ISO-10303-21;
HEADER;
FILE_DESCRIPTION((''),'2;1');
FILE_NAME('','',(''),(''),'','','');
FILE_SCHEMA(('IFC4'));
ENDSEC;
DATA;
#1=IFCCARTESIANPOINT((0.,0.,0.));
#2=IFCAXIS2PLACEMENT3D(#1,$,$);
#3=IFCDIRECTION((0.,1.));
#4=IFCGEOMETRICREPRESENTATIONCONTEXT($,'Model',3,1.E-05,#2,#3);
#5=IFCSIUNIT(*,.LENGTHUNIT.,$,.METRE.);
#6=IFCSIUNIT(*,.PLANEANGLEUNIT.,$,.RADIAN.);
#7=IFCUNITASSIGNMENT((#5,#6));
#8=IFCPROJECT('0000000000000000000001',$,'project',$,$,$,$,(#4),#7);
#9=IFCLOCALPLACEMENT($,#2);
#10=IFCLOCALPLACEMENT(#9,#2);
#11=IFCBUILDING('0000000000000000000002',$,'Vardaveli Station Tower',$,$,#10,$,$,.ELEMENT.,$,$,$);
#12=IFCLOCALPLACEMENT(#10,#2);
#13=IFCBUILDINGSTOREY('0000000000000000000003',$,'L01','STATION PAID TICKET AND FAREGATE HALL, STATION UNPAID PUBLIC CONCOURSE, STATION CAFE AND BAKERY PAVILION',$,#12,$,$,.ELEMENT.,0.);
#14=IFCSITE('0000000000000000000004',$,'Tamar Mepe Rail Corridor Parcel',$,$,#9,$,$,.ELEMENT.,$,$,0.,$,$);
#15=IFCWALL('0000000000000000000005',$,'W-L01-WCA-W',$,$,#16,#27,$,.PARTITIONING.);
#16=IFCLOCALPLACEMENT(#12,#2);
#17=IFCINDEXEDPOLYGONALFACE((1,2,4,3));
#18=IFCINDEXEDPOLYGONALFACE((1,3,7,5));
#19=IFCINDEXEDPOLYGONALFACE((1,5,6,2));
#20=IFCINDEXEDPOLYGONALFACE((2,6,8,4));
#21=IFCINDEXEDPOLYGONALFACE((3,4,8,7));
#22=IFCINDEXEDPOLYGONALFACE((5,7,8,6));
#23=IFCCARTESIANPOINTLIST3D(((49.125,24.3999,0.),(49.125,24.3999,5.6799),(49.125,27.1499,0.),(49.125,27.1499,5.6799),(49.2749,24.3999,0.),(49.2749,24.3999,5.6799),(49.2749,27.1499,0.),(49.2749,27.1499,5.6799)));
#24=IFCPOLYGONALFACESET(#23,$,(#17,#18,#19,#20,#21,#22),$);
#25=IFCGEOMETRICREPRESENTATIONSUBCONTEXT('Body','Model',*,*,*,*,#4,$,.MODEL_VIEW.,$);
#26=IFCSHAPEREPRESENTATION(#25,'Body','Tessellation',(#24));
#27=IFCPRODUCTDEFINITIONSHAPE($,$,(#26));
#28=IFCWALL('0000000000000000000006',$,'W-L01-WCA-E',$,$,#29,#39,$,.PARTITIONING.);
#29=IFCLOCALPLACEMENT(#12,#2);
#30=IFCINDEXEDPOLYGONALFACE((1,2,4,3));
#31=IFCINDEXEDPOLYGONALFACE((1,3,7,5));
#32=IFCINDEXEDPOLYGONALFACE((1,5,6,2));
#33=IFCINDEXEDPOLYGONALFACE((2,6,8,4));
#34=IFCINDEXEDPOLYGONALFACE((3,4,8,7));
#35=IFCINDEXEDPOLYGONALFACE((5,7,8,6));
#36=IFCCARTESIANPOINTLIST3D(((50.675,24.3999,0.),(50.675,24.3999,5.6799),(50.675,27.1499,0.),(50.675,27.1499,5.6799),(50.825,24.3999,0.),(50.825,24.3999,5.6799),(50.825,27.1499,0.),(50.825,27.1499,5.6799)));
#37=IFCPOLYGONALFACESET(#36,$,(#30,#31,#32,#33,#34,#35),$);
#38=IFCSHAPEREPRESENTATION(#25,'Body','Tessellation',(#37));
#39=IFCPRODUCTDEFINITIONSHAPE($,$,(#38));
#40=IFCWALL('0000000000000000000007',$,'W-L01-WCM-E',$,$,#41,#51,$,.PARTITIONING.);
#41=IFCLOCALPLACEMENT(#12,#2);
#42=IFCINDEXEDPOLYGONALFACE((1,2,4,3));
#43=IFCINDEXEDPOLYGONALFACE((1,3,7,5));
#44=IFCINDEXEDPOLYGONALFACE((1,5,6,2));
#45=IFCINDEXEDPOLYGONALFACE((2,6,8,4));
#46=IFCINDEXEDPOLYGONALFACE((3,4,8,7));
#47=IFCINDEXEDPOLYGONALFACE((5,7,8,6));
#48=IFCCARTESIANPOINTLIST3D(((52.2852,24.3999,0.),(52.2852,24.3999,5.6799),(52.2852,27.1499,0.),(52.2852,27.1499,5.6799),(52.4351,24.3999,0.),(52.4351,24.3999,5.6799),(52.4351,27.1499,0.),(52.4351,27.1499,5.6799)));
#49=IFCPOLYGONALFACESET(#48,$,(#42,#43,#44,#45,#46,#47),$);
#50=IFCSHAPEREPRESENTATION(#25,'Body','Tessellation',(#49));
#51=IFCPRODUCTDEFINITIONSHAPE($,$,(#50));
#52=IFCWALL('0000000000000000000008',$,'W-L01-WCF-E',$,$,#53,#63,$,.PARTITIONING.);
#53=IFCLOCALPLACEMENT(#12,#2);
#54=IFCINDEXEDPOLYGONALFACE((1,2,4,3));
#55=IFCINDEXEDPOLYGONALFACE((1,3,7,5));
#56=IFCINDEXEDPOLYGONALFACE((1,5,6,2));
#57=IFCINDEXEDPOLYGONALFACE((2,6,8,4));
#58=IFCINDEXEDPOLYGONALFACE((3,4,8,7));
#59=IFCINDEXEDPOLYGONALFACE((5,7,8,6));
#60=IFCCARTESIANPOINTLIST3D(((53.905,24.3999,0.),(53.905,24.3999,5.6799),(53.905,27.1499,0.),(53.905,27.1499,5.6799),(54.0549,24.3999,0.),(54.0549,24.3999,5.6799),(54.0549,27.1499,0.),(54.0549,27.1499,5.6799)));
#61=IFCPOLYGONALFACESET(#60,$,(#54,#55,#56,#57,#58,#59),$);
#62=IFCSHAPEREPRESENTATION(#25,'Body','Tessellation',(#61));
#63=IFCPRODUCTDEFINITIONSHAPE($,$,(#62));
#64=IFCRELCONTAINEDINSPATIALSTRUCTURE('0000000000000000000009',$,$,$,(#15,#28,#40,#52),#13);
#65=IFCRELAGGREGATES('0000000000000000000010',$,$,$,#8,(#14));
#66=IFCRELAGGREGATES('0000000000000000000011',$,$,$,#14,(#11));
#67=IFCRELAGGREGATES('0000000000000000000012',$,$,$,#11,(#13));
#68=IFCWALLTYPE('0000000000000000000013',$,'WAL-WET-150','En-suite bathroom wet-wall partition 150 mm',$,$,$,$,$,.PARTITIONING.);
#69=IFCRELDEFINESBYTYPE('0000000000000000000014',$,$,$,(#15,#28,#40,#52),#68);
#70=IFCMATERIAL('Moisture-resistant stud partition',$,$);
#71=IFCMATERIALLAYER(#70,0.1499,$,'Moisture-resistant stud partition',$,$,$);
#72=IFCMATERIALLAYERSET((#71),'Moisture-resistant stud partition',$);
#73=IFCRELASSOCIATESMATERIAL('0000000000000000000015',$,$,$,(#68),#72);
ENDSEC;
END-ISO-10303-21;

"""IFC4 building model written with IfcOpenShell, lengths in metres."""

from ifc_helpers import new_model, si_unit, direction, frame, frame_2d, origin, place, context, subcontext, project, spatial, rectangle, extrude, source, transform, mapped, material, layer, layer_set, type_object, element, save


model = new_model("IFC4")

# Units and contexts
model_context = context("Model", 3, precision=1e-05, world=origin(), true_north=direction((0.0, 1.0)))
body_context = subcontext(model_context, "Body", "Model", "MODEL_VIEW")
ifc_project = project(units=[si_unit("LENGTHUNIT", "METRE"), si_unit("PLANEANGLEUNIT", "RADIAN")], contexts=[model_context])

# Site, building, storey
site_placement = place(None, origin())
site = spatial("IfcSite", under=ifc_project, at=site_placement, Name="Tamar Mepe Rail Corridor Parcel", CompositionType="ELEMENT", RefElevation=0.0)
building_placement = place(site_placement, origin())
building = spatial("IfcBuilding", under=site, at=building_placement, Name="Vardaveli Station Tower", CompositionType="ELEMENT")
storey_placement = place(building_placement, origin())
storey = spatial("IfcBuildingStorey", under=building, at=storey_placement, Name="L01", Description="STATION PAID TICKET AND FAREGATE HALL, STATION UNPAID PUBLIC CONCOURSE, STATION CAFE AND BAKERY PAVILION", CompositionType="ELEMENT", Elevation=0.0)

# Shared definitions
ifc_material_1 = material(Name="Moisture-resistant stud partition")
ifc_layer_1 = layer(ifc_material_1, 0.1499, Name="Moisture-resistant stud partition")
ifc_layer_set_1 = layer_set([ifc_layer_1], Name="Moisture-resistant stud partition")
wall_type_1 = type_object("IfcWallType", Name="WAL-WET-150", Description="En-suite bathroom wet-wall partition 150 mm", PredefinedType="PARTITIONING", material=ifc_layer_set_1)

# Walls
shared_shape_1 = source(origin(), body_context, "Body", "SweptSolid", [
    extrude(rectangle(XDim=2.75, YDim=0.1499, at=frame_2d((1.375, 0.0))), origin(), (0.0, 0.0, 1.0), 5.6799),
])
for number, where, z_axis, x_axis, name in (
    (1, (49.2, 24.3999, 0.0), (0.0, 0.0, 1.0), (0.0, 1.0, 0.0), "W-L01-WCA-W"),
    (2, (50.75, 24.3999, 0.0), (0.0, 0.0, 1.0), (0.0, 1.0, 0.0), "W-L01-WCA-E"),
    (3, (52.3601, 24.3999, 0.0), (0.0, 0.0, 1.0), (0.0, 1.0, 0.0), "W-L01-WCM-E"),
    (4, (53.98, 24.3999, 0.0), (0.0, 0.0, 1.0), (0.0, 1.0, 0.0), "W-L01-WCF-E"),
):
    element("IfcWall", number, at=place(storey_placement, frame(where, z_axis=z_axis, x_axis=x_axis)), inside=storey, type_object=wall_type_1, Name=name, PredefinedType="PARTITIONING", context=body_context, shape_type="MappedRepresentation", body=[
        mapped(shared_shape_1, transform((0.0, 0.0, 0.0), scale=1.0)),
    ])

save(model, "model.ifc")
